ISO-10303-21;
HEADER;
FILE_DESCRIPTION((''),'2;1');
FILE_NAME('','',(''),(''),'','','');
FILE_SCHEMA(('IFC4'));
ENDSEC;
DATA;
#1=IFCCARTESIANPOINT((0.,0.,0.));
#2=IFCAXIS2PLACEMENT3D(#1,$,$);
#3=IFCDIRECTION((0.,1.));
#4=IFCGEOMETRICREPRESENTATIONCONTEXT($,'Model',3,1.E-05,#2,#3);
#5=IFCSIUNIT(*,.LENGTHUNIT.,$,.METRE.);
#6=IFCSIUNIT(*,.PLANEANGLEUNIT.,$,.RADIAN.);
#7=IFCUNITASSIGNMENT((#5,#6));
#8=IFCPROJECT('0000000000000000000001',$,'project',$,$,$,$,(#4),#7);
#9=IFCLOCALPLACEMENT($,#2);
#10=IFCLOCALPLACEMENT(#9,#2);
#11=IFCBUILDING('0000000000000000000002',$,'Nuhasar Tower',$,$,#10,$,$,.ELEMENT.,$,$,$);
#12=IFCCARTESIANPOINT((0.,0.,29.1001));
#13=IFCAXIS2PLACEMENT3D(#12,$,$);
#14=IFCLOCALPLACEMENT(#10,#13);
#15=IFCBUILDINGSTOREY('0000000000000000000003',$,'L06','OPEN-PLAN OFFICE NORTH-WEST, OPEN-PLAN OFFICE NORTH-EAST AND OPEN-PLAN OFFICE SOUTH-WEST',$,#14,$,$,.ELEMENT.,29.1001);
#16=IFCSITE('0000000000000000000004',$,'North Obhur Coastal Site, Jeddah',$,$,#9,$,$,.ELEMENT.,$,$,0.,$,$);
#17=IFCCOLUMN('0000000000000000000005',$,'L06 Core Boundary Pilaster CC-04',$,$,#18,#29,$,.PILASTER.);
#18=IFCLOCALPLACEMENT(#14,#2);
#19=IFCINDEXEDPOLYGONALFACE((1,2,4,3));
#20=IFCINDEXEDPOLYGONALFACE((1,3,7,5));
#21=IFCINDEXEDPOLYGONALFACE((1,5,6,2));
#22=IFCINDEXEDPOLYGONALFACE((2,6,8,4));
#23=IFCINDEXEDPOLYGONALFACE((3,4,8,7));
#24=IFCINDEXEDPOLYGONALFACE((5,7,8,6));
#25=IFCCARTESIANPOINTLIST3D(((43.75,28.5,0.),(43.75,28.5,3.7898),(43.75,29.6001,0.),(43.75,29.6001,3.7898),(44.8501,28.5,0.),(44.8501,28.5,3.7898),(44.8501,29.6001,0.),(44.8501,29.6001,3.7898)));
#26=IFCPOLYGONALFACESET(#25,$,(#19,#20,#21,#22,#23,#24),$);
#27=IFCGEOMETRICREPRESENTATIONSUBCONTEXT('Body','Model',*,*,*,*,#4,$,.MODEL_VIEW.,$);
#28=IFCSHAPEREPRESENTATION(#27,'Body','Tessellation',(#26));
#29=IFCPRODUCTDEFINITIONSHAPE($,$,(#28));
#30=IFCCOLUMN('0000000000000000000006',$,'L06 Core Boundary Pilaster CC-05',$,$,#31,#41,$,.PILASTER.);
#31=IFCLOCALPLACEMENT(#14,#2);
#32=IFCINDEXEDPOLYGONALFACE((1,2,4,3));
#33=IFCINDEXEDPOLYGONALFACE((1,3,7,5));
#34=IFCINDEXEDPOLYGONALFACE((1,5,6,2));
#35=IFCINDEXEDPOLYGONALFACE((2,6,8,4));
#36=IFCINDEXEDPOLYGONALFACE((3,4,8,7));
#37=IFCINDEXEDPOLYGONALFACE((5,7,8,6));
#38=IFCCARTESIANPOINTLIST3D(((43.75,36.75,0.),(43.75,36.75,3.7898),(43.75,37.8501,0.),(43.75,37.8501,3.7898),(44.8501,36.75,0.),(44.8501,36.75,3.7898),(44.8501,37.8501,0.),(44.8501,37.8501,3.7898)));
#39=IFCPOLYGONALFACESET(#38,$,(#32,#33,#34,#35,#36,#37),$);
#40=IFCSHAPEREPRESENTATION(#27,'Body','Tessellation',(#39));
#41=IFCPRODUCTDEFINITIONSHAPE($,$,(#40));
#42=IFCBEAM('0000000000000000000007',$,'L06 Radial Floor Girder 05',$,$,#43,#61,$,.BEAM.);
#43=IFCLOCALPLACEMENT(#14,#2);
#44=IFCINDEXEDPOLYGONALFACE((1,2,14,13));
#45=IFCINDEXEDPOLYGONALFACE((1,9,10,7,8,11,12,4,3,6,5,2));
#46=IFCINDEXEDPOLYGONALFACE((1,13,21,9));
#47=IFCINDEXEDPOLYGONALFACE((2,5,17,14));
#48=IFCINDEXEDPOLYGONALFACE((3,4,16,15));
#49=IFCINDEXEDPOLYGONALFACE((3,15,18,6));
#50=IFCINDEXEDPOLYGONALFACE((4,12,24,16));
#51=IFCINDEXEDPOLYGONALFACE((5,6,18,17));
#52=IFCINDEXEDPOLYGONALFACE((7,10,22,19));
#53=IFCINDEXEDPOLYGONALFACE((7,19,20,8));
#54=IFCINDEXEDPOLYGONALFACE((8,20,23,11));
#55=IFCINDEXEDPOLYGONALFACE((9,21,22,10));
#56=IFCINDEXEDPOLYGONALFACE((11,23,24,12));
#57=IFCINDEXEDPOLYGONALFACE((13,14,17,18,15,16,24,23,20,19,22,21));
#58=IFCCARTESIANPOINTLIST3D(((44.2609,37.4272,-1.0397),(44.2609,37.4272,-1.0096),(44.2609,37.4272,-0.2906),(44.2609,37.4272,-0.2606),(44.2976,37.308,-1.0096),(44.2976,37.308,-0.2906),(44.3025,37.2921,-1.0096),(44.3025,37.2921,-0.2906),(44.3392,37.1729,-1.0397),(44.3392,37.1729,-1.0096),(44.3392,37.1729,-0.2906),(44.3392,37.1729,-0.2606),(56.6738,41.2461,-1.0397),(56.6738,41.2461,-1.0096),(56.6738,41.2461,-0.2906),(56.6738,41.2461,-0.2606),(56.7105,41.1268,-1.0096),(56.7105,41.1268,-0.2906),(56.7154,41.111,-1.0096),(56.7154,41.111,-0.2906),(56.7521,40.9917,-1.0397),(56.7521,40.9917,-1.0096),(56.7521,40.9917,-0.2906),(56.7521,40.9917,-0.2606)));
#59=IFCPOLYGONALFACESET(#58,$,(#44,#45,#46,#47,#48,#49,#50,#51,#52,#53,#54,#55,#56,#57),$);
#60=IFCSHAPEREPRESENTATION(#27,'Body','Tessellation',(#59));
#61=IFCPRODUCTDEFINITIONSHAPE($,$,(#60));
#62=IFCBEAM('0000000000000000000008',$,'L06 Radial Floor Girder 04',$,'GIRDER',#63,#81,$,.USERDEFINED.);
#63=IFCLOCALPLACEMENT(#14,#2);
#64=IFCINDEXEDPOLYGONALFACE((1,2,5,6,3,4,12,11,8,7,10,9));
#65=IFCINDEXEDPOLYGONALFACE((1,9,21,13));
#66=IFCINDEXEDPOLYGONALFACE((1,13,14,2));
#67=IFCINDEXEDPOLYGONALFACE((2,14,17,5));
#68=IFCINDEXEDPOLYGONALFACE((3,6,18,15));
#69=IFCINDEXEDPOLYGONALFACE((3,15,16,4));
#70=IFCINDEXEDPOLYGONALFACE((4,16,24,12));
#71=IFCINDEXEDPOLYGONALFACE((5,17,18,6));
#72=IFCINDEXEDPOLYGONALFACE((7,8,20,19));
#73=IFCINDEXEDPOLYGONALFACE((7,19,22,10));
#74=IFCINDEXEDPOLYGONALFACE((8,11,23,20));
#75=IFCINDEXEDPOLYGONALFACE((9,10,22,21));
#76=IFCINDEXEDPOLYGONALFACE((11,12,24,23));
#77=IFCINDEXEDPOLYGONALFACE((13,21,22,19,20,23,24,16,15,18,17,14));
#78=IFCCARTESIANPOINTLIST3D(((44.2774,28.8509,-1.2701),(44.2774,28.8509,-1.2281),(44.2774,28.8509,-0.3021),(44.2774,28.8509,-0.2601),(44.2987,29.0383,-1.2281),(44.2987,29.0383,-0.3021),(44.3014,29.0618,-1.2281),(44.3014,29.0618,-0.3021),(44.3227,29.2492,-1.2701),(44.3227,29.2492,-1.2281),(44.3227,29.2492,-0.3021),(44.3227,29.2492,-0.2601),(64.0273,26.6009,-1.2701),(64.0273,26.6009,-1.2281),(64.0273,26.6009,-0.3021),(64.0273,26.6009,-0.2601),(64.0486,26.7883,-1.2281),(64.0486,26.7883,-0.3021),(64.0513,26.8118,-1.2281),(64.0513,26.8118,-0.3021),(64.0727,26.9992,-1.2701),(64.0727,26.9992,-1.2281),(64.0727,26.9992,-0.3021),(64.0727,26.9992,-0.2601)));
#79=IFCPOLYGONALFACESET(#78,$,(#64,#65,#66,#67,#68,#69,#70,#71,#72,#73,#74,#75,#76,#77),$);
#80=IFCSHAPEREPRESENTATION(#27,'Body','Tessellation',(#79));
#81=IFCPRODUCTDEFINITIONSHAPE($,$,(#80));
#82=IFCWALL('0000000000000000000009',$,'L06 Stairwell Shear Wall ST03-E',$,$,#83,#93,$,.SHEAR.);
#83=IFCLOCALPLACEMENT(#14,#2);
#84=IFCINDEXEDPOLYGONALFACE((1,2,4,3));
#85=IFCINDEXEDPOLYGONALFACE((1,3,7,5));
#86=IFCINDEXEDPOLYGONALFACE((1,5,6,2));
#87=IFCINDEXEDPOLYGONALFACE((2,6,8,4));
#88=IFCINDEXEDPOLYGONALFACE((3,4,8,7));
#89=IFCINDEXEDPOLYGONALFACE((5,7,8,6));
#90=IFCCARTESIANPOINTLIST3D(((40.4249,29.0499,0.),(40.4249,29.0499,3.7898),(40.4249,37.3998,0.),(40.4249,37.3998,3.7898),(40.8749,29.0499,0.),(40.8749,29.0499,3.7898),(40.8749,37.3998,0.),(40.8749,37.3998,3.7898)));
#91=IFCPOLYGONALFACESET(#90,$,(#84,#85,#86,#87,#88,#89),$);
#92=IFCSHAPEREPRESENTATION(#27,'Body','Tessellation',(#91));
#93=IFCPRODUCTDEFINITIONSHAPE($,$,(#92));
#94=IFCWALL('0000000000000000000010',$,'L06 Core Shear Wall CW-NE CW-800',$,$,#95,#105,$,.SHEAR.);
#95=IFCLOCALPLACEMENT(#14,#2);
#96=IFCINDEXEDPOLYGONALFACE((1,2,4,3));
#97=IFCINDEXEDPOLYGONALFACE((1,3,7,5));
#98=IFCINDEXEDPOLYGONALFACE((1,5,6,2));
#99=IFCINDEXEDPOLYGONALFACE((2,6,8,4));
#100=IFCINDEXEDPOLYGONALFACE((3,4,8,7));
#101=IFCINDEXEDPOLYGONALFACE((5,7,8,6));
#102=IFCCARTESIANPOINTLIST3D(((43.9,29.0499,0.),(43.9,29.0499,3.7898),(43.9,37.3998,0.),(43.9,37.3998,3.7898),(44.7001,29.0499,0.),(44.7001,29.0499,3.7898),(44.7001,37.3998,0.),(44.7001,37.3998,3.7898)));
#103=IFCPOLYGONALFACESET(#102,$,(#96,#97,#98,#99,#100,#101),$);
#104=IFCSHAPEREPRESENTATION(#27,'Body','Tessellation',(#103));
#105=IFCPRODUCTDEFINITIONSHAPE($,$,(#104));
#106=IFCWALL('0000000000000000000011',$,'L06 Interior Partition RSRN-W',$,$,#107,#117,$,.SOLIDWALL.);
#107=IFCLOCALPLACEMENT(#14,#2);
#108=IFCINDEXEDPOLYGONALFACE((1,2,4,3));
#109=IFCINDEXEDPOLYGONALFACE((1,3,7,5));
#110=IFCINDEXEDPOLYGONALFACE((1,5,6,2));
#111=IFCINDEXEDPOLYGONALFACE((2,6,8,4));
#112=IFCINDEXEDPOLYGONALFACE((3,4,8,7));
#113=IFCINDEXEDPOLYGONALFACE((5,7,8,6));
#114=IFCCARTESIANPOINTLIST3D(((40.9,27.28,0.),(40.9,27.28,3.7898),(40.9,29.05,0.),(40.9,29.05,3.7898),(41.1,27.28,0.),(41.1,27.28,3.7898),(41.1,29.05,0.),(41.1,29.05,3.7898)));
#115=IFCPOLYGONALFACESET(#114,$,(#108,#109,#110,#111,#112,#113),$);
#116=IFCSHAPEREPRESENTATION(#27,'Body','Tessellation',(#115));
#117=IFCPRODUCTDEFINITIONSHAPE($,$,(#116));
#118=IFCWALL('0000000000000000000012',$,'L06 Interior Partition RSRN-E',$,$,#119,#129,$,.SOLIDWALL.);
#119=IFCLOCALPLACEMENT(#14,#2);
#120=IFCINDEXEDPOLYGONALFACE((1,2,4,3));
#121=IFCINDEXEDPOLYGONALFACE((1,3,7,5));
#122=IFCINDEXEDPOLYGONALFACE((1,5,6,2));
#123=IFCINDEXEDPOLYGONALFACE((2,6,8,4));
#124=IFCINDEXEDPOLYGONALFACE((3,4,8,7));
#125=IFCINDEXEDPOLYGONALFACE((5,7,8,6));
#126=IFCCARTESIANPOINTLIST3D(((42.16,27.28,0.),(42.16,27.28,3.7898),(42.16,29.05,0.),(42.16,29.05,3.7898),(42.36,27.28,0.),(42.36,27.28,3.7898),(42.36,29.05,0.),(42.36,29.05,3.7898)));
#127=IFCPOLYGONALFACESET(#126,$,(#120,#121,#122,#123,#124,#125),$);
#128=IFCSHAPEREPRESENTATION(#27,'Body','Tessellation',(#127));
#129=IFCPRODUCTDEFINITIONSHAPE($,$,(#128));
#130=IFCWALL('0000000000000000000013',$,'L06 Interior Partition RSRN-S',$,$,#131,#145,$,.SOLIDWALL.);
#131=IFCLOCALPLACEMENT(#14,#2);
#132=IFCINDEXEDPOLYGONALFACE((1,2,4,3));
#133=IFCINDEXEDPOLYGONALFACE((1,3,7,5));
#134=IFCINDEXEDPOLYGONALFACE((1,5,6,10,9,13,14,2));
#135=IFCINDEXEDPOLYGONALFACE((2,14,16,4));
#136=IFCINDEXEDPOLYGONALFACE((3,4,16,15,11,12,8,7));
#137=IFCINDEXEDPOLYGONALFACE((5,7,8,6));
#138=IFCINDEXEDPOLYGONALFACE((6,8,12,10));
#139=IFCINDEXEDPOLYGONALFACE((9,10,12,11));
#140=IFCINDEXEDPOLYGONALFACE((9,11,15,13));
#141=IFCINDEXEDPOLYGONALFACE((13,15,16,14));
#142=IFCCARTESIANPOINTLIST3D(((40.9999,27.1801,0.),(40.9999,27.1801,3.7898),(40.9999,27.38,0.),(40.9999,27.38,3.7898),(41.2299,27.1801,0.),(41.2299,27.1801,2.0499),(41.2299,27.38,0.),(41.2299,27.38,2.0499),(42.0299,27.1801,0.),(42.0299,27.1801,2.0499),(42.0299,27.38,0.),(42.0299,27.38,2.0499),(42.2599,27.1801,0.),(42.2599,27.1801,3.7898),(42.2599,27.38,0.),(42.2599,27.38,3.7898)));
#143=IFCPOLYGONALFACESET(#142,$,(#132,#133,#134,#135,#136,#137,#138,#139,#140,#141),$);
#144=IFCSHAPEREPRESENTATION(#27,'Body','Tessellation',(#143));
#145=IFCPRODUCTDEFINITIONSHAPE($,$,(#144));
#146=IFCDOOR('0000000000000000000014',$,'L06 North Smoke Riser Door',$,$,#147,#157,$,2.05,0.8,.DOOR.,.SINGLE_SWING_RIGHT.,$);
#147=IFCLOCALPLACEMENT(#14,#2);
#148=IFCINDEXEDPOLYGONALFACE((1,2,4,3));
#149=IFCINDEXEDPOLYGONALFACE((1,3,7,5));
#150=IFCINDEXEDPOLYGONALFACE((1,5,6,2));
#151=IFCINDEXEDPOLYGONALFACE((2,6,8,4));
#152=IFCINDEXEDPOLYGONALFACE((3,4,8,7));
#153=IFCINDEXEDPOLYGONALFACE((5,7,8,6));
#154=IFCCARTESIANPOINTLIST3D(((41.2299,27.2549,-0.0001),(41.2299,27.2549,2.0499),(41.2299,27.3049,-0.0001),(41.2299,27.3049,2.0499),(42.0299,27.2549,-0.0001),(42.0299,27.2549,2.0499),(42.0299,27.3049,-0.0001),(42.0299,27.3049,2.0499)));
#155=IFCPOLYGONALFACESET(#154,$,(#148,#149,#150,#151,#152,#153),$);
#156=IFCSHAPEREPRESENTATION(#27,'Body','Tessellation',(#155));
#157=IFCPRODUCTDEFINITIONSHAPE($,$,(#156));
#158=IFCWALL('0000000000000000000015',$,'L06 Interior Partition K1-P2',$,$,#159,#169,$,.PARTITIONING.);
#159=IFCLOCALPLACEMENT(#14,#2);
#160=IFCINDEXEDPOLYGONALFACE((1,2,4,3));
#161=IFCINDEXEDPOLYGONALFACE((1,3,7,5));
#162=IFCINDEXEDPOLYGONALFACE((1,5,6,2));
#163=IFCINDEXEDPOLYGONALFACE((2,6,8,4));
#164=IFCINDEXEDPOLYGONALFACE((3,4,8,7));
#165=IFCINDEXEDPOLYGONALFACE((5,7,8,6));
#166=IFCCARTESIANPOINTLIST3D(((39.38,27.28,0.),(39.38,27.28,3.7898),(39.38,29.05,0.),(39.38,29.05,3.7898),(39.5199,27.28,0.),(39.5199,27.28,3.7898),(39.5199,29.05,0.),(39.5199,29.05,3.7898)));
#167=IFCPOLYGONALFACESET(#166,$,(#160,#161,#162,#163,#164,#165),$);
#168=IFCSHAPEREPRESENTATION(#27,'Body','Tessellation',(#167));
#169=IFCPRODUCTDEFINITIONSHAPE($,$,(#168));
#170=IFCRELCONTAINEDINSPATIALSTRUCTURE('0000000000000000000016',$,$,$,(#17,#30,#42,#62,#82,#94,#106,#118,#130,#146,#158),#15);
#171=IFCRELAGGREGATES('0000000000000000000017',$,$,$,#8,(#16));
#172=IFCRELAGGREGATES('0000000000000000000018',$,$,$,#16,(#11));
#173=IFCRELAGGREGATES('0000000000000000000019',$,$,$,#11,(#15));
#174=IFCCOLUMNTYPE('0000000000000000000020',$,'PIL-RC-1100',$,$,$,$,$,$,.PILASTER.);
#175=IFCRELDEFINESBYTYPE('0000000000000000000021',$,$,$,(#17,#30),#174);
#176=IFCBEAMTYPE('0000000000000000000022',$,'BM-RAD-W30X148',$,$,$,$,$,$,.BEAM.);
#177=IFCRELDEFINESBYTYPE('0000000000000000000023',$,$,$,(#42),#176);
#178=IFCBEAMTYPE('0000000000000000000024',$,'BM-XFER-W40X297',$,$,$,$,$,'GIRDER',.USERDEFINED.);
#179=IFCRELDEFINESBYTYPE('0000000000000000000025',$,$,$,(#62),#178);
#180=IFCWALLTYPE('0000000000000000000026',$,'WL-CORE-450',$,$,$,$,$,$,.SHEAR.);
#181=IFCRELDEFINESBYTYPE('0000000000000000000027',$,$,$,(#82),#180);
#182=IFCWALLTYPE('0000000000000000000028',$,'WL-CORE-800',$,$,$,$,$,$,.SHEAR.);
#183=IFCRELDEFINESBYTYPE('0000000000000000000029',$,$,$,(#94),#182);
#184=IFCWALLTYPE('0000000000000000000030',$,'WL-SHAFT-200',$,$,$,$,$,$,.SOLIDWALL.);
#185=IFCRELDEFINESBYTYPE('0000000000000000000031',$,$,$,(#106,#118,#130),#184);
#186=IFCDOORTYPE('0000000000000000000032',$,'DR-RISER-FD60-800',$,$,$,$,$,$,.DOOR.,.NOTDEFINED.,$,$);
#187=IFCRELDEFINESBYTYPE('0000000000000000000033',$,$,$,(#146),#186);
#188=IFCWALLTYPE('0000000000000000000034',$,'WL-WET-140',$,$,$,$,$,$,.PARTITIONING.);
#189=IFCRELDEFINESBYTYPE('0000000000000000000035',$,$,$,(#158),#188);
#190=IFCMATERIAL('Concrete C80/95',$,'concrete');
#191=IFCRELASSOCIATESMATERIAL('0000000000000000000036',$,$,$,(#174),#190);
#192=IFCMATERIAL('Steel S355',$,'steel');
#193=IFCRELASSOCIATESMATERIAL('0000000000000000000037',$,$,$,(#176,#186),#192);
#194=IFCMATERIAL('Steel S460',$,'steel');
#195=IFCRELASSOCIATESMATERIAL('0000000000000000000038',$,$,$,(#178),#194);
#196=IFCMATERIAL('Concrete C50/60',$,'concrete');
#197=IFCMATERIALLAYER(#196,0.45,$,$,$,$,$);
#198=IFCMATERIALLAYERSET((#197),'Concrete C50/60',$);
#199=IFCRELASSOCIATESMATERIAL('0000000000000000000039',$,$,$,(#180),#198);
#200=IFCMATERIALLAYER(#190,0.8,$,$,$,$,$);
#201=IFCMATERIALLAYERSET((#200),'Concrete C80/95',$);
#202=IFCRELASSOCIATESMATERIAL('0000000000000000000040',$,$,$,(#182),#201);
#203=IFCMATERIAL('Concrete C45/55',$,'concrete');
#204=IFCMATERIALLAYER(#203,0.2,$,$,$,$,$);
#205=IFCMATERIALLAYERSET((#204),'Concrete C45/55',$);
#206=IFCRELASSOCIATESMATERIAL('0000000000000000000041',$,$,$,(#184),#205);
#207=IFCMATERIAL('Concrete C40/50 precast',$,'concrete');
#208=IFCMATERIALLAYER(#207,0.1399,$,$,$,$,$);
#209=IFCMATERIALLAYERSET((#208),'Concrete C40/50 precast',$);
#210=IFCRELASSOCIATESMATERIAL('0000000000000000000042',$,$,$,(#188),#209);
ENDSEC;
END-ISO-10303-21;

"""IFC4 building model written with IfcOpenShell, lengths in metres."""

from ifc_helpers import new_model, si_unit, direction, frame, frame_2d, origin, origin_2d, place, context, subcontext, project, spatial, rectangle, i_section, extrude, material, layer, layer_set, material_profile, profile_set, type_object, element, fill, save


model = new_model("IFC4")

# Units and contexts
model_context = context("Model", 3, precision=1e-05, world=origin(), true_north=direction((0.0, 1.0)))
body_context = subcontext(model_context, "Body", "Model", "MODEL_VIEW")
ifc_project = project(units=[si_unit("LENGTHUNIT", "METRE"), si_unit("PLANEANGLEUNIT", "RADIAN")], contexts=[model_context])

# Site, building, storey
site_placement = place(None, origin())
site = spatial("IfcSite", under=ifc_project, at=site_placement, Name="North Obhur Coastal Site, Jeddah", CompositionType="ELEMENT", RefElevation=0.0)
building_placement = place(site_placement, origin())
building = spatial("IfcBuilding", under=site, at=building_placement, Name="Nuhasar Tower", CompositionType="ELEMENT")
storey_placement = place(building_placement, frame((0.0, 0.0, 29.1001)))
storey = spatial("IfcBuildingStorey", under=building, at=storey_placement, Name="L06", Description="OPEN-PLAN OFFICE NORTH-WEST, OPEN-PLAN OFFICE NORTH-EAST AND OPEN-PLAN OFFICE SOUTH-WEST", CompositionType="ELEMENT", Elevation=29.1001)

# Columns
ifc_material_1 = material(Name="Concrete C80/95", Category="concrete")
ifc_material_profile_1 = material_profile(ifc_material_1, rectangle(XDim=1.1001, YDim=1.1001, at=origin_2d()), Name="RC1100X1100")
ifc_profile_set_1 = profile_set([ifc_material_profile_1], Name="Concrete C80/95")
column_type = type_object("IfcColumnType", Name="PIL-RC-1100", PredefinedType="PILASTER", material=ifc_profile_set_1)
for number, where, z_axis, x_axis, name in (
    (1, (44.3, 29.05, 0.0), (0.0, 0.0, 1.0), (1.0, 0.0, 0.0), "L06 Core Boundary Pilaster CC-04"),
    (2, (44.3, 37.3, 0.0), (0.0, 0.0, 1.0), (1.0, 0.0, 0.0), "L06 Core Boundary Pilaster CC-05"),
):
    element("IfcColumn", number, at=place(storey_placement, frame(where, z_axis=z_axis, x_axis=x_axis)), inside=storey, type_object=column_type, Name=name, PredefinedType="PILASTER", context=body_context, shape_type="SweptSolid", body=[
        extrude(rectangle(XDim=1.1001, YDim=1.1001, at=origin_2d()), origin(), (0.0, 0.0, 1.0), 3.7898),
    ])

# Beams
ifc_material_2 = material(Name="Steel S355", Category="steel")
ifc_material_profile_2 = material_profile(ifc_material_2, i_section(OverallWidth=0.2661, OverallDepth=0.7791, WebThickness=0.0166, FlangeThickness=0.03, at=origin_2d()), Name="W30X148")
ifc_profile_set_2 = profile_set([ifc_material_profile_2], Name="Steel S355")
beam_type_1 = type_object("IfcBeamType", Name="BM-RAD-W30X148", PredefinedType="BEAM", material=ifc_profile_set_2)
beam_1_placement = place(storey_placement, frame((44.3, 37.3, -0.6501), z_axis=(0.95579, 0.294052, 0.0), x_axis=(-0.294052, 0.95579, 0.0)))
element("IfcBeam", 3, at=beam_1_placement, inside=storey, type_object=beam_type_1, Name="L06 Radial Floor Girder 05", PredefinedType="BEAM", context=body_context, shape_type="SweptSolid", body=[
    extrude(i_section(OverallWidth=0.2661, OverallDepth=0.7791, WebThickness=0.0166, FlangeThickness=0.03, at=origin_2d()), origin(), (0.0, 0.0, 1.0), 12.9871),
])
ifc_material_3 = material(Name="Steel S460", Category="steel")
ifc_material_profile_3 = material_profile(ifc_material_3, i_section(OverallWidth=0.4009, OverallDepth=1.01, WebThickness=0.0237, FlangeThickness=0.042, at=origin_2d()), Name="W40X297")
ifc_profile_set_3 = profile_set([ifc_material_profile_3], Name="Steel S460")
beam_type_2 = type_object("IfcBeamType", Name="BM-XFER-W40X297", ElementType="GIRDER", PredefinedType="USERDEFINED", material=ifc_profile_set_3)
beam_2_placement = place(storey_placement, frame((44.3, 29.05, -0.7651), z_axis=(0.993573, -0.113192, 0.0), x_axis=(0.113192, 0.993573, 0.0)))
element("IfcBeam", 4, at=beam_2_placement, inside=storey, type_object=beam_type_2, Name="L06 Radial Floor Girder 04", ObjectType="GIRDER", PredefinedType="USERDEFINED", context=body_context, shape_type="SweptSolid", body=[
    extrude(i_section(OverallWidth=0.4009, OverallDepth=1.01, WebThickness=0.0237, FlangeThickness=0.042, at=origin_2d()), origin(), (0.0, 0.0, 1.0), 19.8777),
])

# Shared definitions
ifc_material_4 = material(Name="Concrete C50/60", Category="concrete")
ifc_layer_1 = layer(ifc_material_4, 0.45)
ifc_layer_set_1 = layer_set([ifc_layer_1], Name="Concrete C50/60")
wall_type_1 = type_object("IfcWallType", Name="WL-CORE-450", PredefinedType="SHEAR", material=ifc_layer_set_1)

# Wall
wall_1_placement = place(storey_placement, frame((40.6499, 29.05, 0.0), z_axis=(0.0, 0.0, 1.0), x_axis=(0.0, 1.0, 0.0)))
element("IfcWall", 5, at=wall_1_placement, inside=storey, type_object=wall_type_1, Name="L06 Stairwell Shear Wall ST03-E", PredefinedType="SHEAR", context=body_context, shape_type="SweptSolid", body=[
    extrude(rectangle(XDim=8.3499, YDim=0.45, at=frame_2d((4.1748, 0.0))), origin(), (0.0, 0.0, 1.0), 3.7898),
])

# Walls
ifc_layer_2 = layer(ifc_material_1, 0.8)
ifc_layer_set_2 = layer_set([ifc_layer_2], Name="Concrete C80/95")
wall_type_2 = type_object("IfcWallType", Name="WL-CORE-800", PredefinedType="SHEAR", material=ifc_layer_set_2)
wall_2_placement = place(storey_placement, frame((44.3, 29.05, 0.0), z_axis=(0.0, 0.0, 1.0), x_axis=(0.0, 1.0, 0.0)))
element("IfcWall", 6, at=wall_2_placement, inside=storey, type_object=wall_type_2, Name="L06 Core Shear Wall CW-NE CW-800", PredefinedType="SHEAR", context=body_context, shape_type="SweptSolid", body=[
    extrude(rectangle(XDim=8.3499, YDim=0.8, at=frame_2d((4.1748, 0.0))), origin(), (0.0, 0.0, 1.0), 3.7898),
])
ifc_material_5 = material(Name="Concrete C45/55", Category="concrete")
ifc_layer_3 = layer(ifc_material_5, 0.2)
ifc_layer_set_3 = layer_set([ifc_layer_3], Name="Concrete C45/55")
wall_type_3 = type_object("IfcWallType", Name="WL-SHAFT-200", PredefinedType="SOLIDWALL", material=ifc_layer_set_3)
for number, where, z_axis, x_axis, name in (
    (7, (41.0, 27.28, 0.0), (0.0, 0.0, 1.0), (0.0, 1.0, 0.0), "L06 Interior Partition RSRN-W"),
    (8, (42.26, 27.28, 0.0), (0.0, 0.0, 1.0), (0.0, 1.0, 0.0), "L06 Interior Partition RSRN-E"),
):
    element("IfcWall", number, at=place(storey_placement, frame(where, z_axis=z_axis, x_axis=x_axis)), inside=storey, type_object=wall_type_3, Name=name, PredefinedType="SOLIDWALL", context=body_context, shape_type="SweptSolid", body=[
        extrude(rectangle(XDim=1.77, YDim=0.2, at=frame_2d((0.885, 0.0))), origin(), (0.0, 0.0, 1.0), 3.7898),
    ])

# Wall, opening, door
wall_3_placement = place(storey_placement, frame((41.0, 27.28, 0.0), z_axis=(0.0, 0.0, 1.0), x_axis=(1.0, 0.0, 0.0)))
wall_3 = element("IfcWall", 9, at=wall_3_placement, inside=storey, type_object=wall_type_3, Name="L06 Interior Partition RSRN-S", PredefinedType="SOLIDWALL", context=body_context, shape_type="SweptSolid", body=[
    extrude(rectangle(XDim=1.26, YDim=0.2, at=frame_2d((0.6299, 0.0))), origin(), (0.0, 0.0, 1.0), 3.7898),
])
opening_1_placement = place(wall_3_placement, frame((0.23, 0.0, 0.0)))
opening_1 = element("IfcOpeningElement", 10, at=opening_1_placement, cuts=wall_3, PredefinedType="OPENING", context=body_context, shape_type="SweptSolid", body=[
    extrude(rectangle(XDim=0.8, YDim=2.05, at=frame_2d((0.3999, 1.0249))), frame((0.0, 0.1099, 0.0), z_axis=(0.0, -1.0, 0.0), x_axis=(1.0, 0.0, 0.0)), (0.0, 0.0, 1.0), 0.22),
])
door_type_1 = type_object("IfcDoorType", Name="DR-RISER-FD60-800", OperationType="NOTDEFINED", PredefinedType="DOOR", material=ifc_material_2)
door_1_placement = place(opening_1_placement, origin())
door_1 = element("IfcDoor", 11, at=door_1_placement, inside=storey, type_object=door_type_1, Name="L06 North Smoke Riser Door", OperationType="SINGLE_SWING_RIGHT", OverallHeight=2.05, OverallWidth=0.8, PredefinedType="DOOR", context=body_context, shape_type="SweptSolid", body=[
    extrude(rectangle(XDim=0.8, YDim=2.05, at=frame_2d((0.3999, 1.0249))), frame((0.0, 0.0249, 0.0), z_axis=(0.0, -1.0, 0.0), x_axis=(1.0, 0.0, 0.0)), (0.0, 0.0, 1.0), 0.05),
])
fill(opening_1, door_1)

# Wall
ifc_material_6 = material(Name="Concrete C40/50 precast", Category="concrete")
ifc_layer_4 = layer(ifc_material_6, 0.1399)
ifc_layer_set_4 = layer_set([ifc_layer_4], Name="Concrete C40/50 precast")
wall_type_4 = type_object("IfcWallType", Name="WL-WET-140", PredefinedType="PARTITIONING", material=ifc_layer_set_4)
wall_4_placement = place(storey_placement, frame((39.45, 27.28, 0.0), z_axis=(0.0, 0.0, 1.0), x_axis=(0.0, 1.0, 0.0)))
element("IfcWall", 12, at=wall_4_placement, inside=storey, type_object=wall_type_4, Name="L06 Interior Partition K1-P2", PredefinedType="PARTITIONING", context=body_context, shape_type="SweptSolid", body=[
    extrude(rectangle(XDim=1.77, YDim=0.1399, at=frame_2d((0.885, 0.0))), origin(), (0.0, 0.0, 1.0), 3.7898),
])

save(model, "model.ifc")
